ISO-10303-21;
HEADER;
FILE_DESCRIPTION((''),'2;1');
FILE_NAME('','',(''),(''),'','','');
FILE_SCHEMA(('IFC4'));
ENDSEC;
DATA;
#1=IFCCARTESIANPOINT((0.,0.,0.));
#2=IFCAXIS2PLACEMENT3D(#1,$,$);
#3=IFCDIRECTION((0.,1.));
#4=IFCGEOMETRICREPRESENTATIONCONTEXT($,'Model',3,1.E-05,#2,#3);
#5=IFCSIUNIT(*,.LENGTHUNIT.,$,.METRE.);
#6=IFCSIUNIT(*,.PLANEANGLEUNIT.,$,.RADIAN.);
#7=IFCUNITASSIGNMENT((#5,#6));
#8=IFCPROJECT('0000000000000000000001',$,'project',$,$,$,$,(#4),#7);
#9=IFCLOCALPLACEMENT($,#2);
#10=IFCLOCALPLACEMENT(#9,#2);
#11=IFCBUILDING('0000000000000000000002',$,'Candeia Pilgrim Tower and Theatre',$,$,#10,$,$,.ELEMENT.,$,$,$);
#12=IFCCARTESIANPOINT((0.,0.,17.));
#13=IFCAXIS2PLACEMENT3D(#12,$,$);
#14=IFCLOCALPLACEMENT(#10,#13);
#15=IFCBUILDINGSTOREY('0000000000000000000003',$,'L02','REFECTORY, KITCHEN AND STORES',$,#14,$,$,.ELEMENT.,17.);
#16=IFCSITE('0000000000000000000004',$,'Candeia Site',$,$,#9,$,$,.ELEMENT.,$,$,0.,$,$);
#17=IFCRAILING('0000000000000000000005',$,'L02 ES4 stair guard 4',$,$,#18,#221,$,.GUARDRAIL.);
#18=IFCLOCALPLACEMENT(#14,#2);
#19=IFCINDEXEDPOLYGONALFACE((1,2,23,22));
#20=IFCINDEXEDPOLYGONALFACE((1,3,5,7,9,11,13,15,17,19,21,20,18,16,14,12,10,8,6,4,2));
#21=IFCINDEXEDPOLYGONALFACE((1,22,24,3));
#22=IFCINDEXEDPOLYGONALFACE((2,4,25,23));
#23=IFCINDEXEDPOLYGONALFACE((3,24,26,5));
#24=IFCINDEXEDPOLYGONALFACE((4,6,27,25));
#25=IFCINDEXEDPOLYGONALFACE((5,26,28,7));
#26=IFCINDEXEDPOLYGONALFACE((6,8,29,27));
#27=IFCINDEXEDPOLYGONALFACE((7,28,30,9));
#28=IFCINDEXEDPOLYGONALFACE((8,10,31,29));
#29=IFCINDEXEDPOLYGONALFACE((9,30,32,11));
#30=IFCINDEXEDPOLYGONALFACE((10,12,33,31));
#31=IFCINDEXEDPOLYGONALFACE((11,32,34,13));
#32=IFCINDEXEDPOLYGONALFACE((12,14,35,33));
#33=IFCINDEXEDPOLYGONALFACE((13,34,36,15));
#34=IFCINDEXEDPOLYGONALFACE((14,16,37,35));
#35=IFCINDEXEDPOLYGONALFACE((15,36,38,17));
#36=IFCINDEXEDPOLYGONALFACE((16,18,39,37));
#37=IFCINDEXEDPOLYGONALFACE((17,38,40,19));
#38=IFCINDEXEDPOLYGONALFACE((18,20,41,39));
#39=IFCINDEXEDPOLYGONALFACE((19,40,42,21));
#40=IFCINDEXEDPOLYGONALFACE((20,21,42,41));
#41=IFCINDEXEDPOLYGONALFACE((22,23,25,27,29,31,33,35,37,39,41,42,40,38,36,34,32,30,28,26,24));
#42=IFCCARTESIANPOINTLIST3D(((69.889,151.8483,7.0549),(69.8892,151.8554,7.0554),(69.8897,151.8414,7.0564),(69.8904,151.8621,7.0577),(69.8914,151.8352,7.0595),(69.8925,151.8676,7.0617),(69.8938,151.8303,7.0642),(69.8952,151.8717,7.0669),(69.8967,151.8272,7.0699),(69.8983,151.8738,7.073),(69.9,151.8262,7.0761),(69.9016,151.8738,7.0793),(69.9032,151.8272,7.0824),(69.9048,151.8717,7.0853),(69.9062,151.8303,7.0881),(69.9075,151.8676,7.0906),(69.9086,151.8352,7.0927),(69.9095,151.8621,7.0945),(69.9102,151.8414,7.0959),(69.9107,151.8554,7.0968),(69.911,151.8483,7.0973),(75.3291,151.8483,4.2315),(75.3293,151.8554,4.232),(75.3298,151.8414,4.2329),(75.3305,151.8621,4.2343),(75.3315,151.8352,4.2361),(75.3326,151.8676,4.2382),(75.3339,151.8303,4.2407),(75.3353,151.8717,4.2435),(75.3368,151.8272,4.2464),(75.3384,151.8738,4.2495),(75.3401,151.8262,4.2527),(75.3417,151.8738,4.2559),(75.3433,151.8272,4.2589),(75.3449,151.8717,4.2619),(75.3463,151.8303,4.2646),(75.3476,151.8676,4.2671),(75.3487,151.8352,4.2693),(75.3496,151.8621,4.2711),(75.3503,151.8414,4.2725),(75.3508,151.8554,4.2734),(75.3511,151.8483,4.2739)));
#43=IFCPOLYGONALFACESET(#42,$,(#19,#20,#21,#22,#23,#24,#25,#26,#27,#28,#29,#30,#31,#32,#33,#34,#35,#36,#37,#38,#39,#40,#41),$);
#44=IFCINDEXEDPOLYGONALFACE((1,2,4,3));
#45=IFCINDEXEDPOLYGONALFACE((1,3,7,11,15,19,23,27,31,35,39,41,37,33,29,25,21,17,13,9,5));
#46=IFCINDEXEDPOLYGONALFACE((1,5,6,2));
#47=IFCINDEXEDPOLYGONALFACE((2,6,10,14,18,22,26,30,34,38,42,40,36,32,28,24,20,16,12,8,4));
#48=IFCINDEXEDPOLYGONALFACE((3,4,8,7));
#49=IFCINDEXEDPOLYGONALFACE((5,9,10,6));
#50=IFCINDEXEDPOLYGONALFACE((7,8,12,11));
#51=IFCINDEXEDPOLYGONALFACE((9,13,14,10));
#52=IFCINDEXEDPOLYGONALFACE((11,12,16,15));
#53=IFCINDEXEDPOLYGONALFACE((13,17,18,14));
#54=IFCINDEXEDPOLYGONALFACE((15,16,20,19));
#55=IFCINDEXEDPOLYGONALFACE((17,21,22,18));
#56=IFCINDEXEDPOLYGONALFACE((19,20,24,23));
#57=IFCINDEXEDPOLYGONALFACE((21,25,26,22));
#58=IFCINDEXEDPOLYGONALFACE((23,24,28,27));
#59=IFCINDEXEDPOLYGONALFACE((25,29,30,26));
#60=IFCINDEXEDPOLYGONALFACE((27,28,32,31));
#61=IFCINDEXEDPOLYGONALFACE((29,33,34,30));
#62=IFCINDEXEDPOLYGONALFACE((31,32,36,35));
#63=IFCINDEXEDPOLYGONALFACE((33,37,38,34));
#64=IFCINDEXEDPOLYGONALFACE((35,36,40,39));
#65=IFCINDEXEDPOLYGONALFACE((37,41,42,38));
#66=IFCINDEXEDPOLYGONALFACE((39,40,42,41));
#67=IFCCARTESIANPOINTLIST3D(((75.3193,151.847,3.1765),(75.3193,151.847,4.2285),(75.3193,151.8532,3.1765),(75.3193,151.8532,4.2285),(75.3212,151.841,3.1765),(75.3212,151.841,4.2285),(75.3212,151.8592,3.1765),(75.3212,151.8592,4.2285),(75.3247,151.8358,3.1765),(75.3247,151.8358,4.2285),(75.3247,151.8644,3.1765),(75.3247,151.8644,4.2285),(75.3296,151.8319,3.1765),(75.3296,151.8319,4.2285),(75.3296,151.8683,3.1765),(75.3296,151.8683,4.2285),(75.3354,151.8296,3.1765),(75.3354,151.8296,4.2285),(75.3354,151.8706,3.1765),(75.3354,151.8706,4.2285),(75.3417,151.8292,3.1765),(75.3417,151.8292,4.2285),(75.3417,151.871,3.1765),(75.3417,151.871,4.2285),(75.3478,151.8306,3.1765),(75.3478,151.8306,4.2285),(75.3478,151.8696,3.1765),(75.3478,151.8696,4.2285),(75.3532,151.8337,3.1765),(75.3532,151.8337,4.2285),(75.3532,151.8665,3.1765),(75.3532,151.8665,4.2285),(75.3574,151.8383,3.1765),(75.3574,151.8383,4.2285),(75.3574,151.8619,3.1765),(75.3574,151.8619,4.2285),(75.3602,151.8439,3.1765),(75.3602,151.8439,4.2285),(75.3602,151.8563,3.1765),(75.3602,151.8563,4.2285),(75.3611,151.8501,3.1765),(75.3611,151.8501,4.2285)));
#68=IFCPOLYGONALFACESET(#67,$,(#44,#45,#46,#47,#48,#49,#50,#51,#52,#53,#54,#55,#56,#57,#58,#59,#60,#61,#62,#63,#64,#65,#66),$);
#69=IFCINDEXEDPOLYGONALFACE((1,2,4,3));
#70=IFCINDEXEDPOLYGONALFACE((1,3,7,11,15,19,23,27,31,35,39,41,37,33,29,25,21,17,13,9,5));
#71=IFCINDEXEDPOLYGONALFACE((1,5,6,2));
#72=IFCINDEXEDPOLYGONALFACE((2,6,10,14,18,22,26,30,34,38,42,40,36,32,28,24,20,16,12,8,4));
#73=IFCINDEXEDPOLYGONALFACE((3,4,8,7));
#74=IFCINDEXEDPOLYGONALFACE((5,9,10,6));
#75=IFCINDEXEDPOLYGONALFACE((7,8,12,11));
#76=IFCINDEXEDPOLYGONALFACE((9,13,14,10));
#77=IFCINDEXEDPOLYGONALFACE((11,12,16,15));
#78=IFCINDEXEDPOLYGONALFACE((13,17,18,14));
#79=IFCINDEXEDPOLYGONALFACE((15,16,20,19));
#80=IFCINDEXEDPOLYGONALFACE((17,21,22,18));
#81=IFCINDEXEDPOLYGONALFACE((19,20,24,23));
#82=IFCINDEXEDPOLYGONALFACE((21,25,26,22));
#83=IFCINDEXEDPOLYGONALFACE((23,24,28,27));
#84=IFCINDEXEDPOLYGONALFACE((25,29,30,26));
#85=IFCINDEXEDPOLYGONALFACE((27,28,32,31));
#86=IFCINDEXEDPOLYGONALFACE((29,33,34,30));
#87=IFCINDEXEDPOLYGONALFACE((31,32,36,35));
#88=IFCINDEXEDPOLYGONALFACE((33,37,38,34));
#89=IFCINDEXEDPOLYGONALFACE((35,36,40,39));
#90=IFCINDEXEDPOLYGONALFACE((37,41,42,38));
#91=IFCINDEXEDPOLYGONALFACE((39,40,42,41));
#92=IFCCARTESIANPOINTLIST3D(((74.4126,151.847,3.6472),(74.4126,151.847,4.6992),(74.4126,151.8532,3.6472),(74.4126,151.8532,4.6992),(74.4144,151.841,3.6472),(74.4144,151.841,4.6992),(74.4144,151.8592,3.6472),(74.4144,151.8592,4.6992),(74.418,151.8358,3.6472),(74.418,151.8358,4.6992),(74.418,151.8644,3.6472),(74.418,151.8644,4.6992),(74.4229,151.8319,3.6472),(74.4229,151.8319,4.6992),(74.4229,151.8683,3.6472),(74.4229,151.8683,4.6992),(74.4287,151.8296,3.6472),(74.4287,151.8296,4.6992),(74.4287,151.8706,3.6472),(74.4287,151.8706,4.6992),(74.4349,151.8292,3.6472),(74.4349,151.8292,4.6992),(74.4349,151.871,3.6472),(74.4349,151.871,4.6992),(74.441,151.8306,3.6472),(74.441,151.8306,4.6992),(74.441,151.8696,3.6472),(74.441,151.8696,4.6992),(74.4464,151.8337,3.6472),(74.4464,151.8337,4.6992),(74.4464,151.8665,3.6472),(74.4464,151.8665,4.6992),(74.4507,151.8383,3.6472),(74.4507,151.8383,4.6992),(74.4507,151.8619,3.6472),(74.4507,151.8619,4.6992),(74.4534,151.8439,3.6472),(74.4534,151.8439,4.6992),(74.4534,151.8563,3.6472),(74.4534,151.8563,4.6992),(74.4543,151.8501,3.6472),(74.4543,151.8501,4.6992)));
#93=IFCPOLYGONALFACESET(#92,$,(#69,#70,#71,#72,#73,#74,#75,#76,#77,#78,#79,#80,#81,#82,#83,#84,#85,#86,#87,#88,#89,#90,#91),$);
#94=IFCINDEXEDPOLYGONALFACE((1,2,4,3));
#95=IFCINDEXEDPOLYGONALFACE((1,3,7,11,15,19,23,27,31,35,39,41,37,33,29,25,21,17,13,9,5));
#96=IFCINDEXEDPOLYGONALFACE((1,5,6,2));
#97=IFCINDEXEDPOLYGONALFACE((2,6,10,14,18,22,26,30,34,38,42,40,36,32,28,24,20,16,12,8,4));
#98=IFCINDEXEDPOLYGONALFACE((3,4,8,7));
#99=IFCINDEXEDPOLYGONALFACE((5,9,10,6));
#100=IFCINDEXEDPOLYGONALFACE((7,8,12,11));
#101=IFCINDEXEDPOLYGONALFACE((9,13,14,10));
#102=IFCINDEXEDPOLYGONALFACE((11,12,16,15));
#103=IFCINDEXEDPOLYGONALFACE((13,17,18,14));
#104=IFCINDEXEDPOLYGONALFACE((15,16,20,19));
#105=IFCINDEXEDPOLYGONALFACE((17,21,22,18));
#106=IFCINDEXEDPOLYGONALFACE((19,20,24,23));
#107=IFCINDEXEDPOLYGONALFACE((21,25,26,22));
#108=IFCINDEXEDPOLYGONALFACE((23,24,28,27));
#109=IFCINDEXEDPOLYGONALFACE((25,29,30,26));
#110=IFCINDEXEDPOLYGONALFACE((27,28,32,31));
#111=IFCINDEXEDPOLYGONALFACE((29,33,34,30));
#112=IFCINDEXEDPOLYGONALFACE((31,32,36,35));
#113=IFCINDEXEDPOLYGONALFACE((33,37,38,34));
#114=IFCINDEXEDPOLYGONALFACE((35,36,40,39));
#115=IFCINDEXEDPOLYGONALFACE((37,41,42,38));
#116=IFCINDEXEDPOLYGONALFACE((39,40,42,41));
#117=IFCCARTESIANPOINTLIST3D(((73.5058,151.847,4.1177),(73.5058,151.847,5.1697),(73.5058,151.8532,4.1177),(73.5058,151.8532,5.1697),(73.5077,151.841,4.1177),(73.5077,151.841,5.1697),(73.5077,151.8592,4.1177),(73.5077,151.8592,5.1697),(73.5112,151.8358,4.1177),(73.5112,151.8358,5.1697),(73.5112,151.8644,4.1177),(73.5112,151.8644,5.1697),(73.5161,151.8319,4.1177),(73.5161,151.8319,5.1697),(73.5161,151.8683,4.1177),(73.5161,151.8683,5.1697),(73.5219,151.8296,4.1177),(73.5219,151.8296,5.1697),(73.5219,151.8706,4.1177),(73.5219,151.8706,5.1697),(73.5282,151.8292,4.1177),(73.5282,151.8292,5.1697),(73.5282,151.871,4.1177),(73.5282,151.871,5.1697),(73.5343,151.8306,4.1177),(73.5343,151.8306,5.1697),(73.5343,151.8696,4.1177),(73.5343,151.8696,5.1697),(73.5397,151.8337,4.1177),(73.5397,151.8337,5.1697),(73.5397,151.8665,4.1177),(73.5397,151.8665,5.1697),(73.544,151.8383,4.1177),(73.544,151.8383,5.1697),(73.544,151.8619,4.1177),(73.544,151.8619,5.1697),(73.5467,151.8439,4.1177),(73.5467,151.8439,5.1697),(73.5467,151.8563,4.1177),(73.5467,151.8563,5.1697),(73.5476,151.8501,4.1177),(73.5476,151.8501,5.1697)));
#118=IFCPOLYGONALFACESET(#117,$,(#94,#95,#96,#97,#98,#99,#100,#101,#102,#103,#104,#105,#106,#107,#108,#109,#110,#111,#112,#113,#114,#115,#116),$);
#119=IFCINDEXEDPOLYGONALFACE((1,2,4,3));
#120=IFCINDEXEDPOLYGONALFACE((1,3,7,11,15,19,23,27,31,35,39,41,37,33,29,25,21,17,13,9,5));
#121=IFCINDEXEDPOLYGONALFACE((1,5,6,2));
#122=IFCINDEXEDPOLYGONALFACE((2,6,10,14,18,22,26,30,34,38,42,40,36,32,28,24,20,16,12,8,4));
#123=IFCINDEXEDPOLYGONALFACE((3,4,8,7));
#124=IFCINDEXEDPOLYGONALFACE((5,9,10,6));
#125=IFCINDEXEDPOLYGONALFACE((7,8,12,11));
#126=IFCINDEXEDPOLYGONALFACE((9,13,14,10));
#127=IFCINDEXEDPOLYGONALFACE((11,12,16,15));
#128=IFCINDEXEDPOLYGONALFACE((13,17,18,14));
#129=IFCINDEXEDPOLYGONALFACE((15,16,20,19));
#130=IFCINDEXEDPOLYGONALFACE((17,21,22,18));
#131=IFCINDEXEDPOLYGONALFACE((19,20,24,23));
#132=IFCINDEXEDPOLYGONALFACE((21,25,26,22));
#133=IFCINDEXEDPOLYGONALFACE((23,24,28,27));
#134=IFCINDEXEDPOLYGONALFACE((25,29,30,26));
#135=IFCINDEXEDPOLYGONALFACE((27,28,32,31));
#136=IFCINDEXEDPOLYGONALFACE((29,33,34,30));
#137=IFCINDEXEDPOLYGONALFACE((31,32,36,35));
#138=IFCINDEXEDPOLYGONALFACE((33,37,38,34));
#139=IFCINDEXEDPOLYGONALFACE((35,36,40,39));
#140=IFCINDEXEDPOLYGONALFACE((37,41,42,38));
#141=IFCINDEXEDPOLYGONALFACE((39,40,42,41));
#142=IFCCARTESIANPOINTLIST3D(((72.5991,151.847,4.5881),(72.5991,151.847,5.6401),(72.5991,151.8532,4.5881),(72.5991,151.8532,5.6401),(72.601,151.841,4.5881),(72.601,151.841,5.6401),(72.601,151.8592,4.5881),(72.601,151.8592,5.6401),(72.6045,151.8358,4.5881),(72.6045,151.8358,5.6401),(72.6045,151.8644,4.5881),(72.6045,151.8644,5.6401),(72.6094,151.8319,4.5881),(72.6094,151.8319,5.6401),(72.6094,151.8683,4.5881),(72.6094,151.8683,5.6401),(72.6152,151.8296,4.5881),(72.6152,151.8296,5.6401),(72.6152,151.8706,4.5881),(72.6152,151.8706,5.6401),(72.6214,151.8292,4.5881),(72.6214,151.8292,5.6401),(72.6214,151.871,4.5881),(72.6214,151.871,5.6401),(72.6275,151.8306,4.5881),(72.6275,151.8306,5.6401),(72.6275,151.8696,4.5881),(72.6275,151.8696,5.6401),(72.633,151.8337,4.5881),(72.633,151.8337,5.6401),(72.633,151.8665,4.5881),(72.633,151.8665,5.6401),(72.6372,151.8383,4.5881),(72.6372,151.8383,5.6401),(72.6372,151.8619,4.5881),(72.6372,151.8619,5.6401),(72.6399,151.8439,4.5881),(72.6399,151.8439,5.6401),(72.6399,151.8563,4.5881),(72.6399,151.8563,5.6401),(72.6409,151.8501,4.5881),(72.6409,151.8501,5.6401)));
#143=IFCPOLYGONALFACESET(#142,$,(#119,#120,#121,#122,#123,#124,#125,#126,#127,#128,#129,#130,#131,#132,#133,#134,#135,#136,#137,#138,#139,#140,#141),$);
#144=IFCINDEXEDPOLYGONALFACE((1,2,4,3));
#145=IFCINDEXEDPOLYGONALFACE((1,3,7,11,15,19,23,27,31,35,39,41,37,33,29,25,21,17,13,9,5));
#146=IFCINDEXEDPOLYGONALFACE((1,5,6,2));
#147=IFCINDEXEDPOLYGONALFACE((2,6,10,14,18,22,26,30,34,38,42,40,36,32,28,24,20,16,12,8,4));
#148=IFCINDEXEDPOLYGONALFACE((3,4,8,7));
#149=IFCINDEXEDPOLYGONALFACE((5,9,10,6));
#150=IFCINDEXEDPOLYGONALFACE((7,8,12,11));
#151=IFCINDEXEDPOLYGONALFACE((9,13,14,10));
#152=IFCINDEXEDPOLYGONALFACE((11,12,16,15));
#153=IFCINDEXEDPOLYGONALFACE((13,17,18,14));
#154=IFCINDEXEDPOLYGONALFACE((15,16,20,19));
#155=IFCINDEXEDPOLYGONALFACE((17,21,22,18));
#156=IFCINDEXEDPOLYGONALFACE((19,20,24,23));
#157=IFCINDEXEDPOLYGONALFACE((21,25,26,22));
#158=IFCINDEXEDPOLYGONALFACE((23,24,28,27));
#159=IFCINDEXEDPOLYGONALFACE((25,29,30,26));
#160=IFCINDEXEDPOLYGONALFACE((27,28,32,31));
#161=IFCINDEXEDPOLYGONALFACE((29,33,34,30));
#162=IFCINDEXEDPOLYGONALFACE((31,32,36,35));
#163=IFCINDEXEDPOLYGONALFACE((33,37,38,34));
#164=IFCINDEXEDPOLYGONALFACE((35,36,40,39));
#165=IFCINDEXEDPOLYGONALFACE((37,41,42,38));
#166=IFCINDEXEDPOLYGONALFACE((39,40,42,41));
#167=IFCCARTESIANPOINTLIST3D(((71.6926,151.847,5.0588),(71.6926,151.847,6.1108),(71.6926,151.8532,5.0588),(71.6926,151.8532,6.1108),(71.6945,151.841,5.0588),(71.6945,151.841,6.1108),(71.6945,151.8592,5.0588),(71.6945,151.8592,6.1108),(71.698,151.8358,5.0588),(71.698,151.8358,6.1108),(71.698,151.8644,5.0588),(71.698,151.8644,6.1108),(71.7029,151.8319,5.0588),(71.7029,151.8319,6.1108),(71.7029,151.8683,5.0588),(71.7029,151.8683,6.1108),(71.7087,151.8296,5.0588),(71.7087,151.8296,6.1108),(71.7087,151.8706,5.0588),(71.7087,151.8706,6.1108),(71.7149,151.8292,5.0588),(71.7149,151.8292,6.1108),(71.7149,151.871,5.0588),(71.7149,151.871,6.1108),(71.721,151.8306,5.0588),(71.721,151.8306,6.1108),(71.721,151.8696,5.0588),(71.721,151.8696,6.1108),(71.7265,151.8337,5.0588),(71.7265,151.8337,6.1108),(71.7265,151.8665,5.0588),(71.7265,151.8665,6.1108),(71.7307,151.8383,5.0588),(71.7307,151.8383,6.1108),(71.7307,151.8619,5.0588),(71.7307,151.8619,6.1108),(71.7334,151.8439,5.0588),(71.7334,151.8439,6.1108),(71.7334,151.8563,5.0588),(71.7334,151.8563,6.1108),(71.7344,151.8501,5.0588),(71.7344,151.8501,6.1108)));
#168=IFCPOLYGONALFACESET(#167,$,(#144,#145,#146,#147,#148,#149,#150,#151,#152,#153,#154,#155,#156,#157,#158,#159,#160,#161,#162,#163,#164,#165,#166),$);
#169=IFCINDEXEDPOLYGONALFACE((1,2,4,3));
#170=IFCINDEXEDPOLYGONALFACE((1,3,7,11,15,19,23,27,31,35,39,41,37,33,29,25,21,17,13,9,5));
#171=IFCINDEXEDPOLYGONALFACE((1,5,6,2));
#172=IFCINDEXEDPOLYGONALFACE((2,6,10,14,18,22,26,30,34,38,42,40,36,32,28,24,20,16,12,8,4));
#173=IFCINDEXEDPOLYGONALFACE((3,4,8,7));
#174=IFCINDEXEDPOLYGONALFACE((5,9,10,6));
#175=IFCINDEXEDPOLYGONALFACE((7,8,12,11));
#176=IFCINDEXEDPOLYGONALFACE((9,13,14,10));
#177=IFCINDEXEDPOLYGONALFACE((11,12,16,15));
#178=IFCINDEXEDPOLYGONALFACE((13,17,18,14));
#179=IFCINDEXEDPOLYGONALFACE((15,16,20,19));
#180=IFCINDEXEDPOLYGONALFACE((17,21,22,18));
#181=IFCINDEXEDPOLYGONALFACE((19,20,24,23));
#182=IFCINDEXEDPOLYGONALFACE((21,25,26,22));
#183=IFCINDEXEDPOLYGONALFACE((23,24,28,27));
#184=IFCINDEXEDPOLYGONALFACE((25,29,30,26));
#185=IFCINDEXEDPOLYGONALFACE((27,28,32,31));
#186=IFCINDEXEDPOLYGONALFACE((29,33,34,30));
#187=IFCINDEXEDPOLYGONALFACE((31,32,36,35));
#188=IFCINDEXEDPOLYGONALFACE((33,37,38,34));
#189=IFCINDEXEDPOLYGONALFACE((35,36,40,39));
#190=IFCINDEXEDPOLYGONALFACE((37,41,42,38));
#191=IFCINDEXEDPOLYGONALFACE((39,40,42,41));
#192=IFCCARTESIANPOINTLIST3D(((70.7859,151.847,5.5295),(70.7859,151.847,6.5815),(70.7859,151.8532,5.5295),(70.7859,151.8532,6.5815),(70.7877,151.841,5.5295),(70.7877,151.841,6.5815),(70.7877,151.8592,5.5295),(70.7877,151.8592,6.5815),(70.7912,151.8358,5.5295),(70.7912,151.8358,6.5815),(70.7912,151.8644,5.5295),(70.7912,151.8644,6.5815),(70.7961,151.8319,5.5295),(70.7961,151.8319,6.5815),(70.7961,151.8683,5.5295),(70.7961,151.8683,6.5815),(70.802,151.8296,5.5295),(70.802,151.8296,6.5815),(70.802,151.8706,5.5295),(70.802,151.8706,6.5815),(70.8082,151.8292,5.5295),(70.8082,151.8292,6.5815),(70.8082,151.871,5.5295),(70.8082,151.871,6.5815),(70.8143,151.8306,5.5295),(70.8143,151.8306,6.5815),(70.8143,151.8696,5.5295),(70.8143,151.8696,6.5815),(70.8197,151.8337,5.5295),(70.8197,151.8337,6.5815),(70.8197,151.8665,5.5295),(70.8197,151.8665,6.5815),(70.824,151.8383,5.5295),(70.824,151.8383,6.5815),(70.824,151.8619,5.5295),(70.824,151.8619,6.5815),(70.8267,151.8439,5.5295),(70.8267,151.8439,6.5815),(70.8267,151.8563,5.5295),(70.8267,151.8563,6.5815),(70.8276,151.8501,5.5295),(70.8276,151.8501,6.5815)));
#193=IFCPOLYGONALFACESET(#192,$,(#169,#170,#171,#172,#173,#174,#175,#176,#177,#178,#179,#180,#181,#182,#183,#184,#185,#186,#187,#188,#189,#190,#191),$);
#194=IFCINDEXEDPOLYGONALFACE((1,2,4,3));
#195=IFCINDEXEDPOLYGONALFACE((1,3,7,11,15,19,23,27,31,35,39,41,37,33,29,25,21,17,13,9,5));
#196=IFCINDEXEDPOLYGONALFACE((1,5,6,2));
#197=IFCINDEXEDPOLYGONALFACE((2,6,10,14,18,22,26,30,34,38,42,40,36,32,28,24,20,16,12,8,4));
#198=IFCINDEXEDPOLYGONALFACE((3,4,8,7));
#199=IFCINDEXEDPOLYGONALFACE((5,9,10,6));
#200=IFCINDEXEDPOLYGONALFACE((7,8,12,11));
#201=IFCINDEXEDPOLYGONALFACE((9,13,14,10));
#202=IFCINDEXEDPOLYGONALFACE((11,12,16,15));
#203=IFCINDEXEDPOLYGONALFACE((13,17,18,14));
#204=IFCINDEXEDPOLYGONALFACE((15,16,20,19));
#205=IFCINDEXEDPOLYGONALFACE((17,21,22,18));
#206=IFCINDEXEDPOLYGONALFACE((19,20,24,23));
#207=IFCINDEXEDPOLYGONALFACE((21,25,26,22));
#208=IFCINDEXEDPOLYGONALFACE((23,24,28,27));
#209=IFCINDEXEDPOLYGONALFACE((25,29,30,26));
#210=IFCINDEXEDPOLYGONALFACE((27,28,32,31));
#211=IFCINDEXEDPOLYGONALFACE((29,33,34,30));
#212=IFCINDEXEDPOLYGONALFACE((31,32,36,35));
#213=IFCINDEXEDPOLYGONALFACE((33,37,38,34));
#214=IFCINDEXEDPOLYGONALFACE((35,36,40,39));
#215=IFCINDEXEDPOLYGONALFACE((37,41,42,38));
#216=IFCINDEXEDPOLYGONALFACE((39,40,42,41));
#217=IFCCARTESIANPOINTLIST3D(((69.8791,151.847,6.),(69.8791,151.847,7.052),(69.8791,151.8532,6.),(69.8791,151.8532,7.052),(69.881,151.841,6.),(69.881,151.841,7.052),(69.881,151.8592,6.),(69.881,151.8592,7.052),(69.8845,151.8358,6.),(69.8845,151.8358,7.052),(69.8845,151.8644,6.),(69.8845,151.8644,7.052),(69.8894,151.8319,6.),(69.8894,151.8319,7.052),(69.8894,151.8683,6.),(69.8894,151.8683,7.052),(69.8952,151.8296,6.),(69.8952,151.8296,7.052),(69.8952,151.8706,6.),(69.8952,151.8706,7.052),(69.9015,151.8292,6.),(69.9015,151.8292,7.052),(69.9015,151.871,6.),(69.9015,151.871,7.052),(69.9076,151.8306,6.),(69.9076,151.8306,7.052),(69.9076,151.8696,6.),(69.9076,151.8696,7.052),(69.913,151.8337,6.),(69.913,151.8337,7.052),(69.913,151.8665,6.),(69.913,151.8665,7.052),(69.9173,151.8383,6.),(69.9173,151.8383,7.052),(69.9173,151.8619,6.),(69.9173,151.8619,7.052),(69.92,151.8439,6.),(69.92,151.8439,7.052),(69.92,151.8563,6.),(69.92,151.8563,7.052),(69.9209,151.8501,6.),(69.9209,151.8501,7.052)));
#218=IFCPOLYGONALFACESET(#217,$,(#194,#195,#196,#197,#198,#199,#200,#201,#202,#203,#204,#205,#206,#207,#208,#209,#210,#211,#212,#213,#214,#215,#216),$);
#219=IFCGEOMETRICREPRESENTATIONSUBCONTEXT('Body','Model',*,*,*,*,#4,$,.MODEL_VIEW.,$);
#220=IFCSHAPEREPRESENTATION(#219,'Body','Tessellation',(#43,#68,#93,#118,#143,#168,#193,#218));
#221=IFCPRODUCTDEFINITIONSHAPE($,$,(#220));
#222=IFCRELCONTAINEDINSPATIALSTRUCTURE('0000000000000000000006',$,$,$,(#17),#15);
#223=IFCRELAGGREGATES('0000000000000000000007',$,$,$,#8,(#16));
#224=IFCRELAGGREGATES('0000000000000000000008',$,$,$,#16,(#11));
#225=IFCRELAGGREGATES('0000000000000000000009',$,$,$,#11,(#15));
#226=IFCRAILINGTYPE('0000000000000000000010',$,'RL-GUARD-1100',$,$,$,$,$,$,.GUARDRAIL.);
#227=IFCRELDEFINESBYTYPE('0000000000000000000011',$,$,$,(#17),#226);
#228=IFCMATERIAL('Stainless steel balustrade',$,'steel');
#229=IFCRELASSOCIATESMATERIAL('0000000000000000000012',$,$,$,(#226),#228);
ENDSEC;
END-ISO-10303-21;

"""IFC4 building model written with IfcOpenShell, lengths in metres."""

from ifc_helpers import new_model, si_unit, direction, frame, origin, origin_2d, place, context, subcontext, project, spatial, circle, extrude, material, type_object, element, save


model = new_model("IFC4")

# Units and contexts
model_context = context("Model", 3, precision=1e-05, world=origin(), true_north=direction((0.0, 1.0)))
body_context = subcontext(model_context, "Body", "Model", "MODEL_VIEW")
ifc_project = project(units=[si_unit("LENGTHUNIT", "METRE"), si_unit("PLANEANGLEUNIT", "RADIAN")], contexts=[model_context])

# Site, building, storey
site_placement = place(None, origin())
site = spatial("IfcSite", under=ifc_project, at=site_placement, Name="Candeia Site", CompositionType="ELEMENT", RefElevation=0.0)
building_placement = place(site_placement, origin())
building = spatial("IfcBuilding", under=site, at=building_placement, Name="Candeia Pilgrim Tower and Theatre", CompositionType="ELEMENT")
storey_placement = place(building_placement, frame((0.0, 0.0, 17.0)))
storey = spatial("IfcBuildingStorey", under=building, at=storey_placement, Name="L02", Description="REFECTORY, KITCHEN AND STORES", CompositionType="ELEMENT", Elevation=17.0)

# Railing
ifc_material_1 = material(Name="Stainless steel balustrade", Category="steel")
railing_type_1 = type_object("IfcRailingType", Name="RL-GUARD-1100", PredefinedType="GUARDRAIL", material=ifc_material_1)
railing_1_placement = place(storey_placement, frame((75.3401, 151.8501, 3.1765)))
element("IfcRailing", 1, at=railing_1_placement, inside=storey, type_object=railing_type_1, Name="L02 ES4 stair guard 4", PredefinedType="GUARDRAIL", context=body_context, shape_type="SweptSolid", body=[
    extrude(circle(Radius=0.0239, at=origin_2d()), frame((0.0, 0.0, 1.0762), z_axis=(-0.887578, 0.0, 0.460658), x_axis=(0.0, -1.0, 0.0)), (0.0, 0.0, 1.0), 6.1292),
    extrude(circle(Radius=0.021, at=origin_2d()), origin(), (0.0, 0.0, 1.0), 1.052),
    extrude(circle(Radius=0.021, at=origin_2d()), frame((-0.9067, 0.0, 0.4707)), (0.0, 0.0, 1.0), 1.052),
    extrude(circle(Radius=0.021, at=origin_2d()), frame((-1.8135, 0.0, 0.9412)), (0.0, 0.0, 1.0), 1.052),
    extrude(circle(Radius=0.021, at=origin_2d()), frame((-2.7202, 0.0, 1.4116)), (0.0, 0.0, 1.0), 1.052),
    extrude(circle(Radius=0.021, at=origin_2d()), frame((-3.6267, 0.0, 1.8823)), (0.0, 0.0, 1.0), 1.052),
    extrude(circle(Radius=0.021, at=origin_2d()), frame((-4.5334, 0.0, 2.353)), (0.0, 0.0, 1.0), 1.052),
    extrude(circle(Radius=0.021, at=origin_2d()), frame((-5.4402, 0.0, 2.8235)), (0.0, 0.0, 1.0), 1.052),
])

save(model, "model.ifc")
